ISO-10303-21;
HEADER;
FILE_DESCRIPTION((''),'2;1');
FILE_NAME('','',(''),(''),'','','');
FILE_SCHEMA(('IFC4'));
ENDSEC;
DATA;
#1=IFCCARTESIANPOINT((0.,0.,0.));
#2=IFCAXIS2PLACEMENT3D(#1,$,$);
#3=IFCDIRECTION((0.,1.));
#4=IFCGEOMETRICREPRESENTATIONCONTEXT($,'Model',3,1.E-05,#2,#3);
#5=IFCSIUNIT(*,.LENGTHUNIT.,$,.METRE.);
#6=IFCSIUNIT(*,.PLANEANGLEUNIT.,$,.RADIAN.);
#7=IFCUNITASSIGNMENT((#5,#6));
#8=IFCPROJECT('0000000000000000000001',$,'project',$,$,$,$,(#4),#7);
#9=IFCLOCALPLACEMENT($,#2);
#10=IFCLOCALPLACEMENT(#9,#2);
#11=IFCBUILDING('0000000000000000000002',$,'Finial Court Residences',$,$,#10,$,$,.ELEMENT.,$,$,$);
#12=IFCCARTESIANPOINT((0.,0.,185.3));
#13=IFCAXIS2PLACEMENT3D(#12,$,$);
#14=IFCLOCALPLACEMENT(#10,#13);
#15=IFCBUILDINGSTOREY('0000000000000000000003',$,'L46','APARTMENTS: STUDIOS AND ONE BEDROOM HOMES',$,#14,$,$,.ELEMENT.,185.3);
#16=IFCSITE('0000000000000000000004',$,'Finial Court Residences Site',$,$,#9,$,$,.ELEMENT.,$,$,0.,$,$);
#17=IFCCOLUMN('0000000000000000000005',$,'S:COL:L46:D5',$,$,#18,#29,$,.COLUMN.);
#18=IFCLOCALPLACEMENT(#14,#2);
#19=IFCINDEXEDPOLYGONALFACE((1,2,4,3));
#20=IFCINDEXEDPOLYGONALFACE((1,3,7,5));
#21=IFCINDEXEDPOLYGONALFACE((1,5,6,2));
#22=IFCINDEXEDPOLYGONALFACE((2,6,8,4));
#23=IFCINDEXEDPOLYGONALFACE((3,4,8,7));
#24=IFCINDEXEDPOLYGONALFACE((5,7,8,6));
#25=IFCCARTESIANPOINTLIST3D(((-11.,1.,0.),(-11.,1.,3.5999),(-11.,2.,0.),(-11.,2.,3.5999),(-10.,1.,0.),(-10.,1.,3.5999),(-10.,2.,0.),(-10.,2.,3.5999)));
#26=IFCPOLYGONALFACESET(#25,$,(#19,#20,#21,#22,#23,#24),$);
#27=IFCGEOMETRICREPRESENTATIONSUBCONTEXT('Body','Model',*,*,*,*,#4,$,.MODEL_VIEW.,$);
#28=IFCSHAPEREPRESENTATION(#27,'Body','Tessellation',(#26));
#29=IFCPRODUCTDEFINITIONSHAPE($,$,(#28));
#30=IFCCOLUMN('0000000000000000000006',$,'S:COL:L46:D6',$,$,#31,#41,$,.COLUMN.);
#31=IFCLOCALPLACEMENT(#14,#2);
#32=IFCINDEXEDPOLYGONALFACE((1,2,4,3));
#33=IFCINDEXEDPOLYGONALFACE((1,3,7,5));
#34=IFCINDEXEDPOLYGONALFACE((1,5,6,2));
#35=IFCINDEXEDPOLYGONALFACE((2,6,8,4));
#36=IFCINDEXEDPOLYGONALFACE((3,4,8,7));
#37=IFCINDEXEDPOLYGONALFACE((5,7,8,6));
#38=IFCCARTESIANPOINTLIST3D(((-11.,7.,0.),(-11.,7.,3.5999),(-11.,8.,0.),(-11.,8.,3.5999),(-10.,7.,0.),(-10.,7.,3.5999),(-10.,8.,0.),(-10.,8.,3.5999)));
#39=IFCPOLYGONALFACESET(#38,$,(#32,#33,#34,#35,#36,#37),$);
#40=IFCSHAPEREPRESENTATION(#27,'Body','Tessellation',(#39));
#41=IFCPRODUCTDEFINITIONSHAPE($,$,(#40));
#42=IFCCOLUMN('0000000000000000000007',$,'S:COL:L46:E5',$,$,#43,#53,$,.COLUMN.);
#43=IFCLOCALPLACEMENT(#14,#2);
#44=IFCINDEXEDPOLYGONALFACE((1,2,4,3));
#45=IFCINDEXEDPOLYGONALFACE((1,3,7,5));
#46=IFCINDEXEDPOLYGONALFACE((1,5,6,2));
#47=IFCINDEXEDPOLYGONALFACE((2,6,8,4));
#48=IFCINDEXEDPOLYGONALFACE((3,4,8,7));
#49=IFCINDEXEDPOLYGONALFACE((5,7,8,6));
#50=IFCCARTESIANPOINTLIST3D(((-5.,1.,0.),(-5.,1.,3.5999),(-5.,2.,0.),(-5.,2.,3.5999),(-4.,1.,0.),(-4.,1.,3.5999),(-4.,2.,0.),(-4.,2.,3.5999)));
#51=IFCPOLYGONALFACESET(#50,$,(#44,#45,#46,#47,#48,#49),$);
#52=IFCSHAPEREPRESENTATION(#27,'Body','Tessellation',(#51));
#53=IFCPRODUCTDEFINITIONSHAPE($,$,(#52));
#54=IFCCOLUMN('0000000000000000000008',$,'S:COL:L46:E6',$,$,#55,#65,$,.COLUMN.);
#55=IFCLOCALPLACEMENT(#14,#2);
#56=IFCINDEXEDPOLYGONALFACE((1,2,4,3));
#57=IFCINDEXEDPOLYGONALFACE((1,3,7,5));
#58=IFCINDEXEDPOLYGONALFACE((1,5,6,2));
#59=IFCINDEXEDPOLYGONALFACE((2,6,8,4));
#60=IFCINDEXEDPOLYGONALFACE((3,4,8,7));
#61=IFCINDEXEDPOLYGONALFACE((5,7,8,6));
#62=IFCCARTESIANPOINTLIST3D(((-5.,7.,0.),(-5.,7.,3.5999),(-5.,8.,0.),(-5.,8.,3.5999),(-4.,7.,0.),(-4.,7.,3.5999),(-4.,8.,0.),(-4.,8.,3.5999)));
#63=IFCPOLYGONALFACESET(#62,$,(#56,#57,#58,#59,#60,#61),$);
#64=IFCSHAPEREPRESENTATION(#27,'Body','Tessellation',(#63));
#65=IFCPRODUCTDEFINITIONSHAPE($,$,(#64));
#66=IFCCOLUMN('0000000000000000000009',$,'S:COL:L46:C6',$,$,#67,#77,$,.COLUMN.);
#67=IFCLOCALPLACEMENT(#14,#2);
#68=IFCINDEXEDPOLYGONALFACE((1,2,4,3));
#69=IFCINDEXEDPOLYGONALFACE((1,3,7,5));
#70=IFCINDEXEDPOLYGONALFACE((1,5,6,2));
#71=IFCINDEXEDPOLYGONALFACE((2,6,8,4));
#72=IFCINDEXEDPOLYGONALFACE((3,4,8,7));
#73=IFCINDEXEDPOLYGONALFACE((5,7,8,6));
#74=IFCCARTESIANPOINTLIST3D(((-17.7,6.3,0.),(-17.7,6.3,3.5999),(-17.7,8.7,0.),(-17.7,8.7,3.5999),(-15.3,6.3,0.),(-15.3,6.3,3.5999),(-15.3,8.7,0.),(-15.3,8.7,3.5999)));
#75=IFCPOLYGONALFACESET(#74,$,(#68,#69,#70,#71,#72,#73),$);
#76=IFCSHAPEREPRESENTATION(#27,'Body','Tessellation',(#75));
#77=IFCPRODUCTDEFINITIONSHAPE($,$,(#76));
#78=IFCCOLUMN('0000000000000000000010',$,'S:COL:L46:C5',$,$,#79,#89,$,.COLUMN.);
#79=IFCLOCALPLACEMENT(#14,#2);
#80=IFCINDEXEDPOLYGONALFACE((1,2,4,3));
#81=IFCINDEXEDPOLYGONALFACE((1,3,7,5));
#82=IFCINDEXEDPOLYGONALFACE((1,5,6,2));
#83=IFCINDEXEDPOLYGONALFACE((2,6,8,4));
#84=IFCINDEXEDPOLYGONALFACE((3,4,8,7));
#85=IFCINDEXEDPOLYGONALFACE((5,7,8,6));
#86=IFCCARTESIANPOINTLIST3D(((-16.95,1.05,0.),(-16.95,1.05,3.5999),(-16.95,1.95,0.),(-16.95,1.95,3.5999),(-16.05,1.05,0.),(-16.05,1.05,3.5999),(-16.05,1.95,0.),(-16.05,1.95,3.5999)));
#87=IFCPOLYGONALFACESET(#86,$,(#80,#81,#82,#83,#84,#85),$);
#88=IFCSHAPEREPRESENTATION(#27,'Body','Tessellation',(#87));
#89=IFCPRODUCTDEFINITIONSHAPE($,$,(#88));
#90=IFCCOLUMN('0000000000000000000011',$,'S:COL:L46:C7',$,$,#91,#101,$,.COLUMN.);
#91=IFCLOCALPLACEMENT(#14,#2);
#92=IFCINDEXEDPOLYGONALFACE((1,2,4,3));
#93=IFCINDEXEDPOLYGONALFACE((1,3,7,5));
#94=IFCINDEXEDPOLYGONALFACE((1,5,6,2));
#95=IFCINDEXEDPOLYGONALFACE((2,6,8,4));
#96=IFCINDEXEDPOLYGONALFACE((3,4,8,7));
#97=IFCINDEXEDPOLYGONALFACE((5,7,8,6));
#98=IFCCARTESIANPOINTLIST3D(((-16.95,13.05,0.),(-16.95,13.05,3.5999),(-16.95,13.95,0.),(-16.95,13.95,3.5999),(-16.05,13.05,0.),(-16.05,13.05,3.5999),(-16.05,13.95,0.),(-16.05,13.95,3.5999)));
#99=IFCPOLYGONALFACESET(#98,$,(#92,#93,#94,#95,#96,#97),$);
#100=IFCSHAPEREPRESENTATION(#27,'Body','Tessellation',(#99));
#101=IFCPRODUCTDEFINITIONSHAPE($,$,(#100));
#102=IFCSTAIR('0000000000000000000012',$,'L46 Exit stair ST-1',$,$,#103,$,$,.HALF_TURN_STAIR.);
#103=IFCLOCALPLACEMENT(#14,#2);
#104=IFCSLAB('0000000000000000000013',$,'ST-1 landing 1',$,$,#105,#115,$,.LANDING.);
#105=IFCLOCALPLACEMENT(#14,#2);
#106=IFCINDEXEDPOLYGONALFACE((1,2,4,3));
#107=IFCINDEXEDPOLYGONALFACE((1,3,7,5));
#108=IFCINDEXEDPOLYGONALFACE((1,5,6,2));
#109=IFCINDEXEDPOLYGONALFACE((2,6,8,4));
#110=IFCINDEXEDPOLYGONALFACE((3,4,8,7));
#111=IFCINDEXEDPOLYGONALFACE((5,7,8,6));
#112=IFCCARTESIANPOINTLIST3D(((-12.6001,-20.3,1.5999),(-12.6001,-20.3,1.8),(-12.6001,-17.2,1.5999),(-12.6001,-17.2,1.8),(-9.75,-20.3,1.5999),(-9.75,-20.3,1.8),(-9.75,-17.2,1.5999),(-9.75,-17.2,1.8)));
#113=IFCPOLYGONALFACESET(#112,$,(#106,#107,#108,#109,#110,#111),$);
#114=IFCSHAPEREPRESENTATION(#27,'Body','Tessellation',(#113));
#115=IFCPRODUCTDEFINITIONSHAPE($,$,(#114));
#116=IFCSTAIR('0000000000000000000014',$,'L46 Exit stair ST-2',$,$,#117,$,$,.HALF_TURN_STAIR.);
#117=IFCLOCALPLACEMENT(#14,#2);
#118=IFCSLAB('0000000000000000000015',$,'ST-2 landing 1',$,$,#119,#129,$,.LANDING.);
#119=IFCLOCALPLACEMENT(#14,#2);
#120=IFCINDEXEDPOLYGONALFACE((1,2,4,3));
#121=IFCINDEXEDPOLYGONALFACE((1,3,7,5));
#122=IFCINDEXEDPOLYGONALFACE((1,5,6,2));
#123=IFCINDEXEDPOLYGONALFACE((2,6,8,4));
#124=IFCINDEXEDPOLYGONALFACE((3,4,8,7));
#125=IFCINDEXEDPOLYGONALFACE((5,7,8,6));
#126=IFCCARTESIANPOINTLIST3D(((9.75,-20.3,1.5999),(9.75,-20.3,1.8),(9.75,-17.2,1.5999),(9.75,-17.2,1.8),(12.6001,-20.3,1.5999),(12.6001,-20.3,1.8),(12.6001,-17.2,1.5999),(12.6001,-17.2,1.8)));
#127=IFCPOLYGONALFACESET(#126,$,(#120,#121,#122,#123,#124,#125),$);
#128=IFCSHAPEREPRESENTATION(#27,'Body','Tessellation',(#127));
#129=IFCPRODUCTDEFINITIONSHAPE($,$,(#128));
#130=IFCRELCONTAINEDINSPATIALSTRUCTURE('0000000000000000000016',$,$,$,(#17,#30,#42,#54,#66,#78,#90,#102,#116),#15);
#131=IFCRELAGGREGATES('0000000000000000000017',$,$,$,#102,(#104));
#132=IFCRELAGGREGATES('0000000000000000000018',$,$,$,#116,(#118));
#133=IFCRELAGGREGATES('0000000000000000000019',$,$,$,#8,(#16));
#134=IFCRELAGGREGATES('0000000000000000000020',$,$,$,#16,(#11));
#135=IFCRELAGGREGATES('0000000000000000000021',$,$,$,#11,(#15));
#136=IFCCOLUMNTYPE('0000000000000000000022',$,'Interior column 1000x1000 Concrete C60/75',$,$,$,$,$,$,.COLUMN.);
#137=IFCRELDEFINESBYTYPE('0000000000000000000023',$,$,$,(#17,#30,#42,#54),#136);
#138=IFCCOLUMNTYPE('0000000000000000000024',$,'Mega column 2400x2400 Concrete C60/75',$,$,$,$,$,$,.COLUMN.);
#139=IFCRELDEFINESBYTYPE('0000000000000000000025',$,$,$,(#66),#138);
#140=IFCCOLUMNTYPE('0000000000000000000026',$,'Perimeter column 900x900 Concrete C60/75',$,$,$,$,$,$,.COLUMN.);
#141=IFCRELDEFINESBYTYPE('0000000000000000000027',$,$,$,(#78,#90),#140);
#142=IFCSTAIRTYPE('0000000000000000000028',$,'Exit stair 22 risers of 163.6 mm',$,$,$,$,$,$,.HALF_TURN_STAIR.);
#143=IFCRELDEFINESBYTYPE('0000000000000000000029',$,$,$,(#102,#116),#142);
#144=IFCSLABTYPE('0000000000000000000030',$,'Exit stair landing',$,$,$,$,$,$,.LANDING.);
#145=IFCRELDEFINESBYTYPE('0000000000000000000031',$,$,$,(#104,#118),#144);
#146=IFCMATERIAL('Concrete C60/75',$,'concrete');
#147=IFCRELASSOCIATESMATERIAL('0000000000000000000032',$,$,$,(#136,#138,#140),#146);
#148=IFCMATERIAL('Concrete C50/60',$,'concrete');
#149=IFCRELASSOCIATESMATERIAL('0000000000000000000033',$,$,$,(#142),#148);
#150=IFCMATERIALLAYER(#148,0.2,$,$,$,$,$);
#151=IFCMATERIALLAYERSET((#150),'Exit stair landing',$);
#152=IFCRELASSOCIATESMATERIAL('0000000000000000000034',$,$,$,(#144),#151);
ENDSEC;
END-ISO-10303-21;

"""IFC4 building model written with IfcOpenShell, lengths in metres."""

from ifc_helpers import new_model, si_unit, direction, frame, origin, origin_2d, place, context, subcontext, project, spatial, polyline, rectangle, outline, extrude, material, layer, layer_set, material_profile, profile_set, type_object, element, aggregate, save


model = new_model("IFC4")

# Units and contexts
model_context = context("Model", 3, precision=1e-05, world=origin(), true_north=direction((0.0, 1.0)))
body_context = subcontext(model_context, "Body", "Model", "MODEL_VIEW")
ifc_project = project(units=[si_unit("LENGTHUNIT", "METRE"), si_unit("PLANEANGLEUNIT", "RADIAN")], contexts=[model_context])

# Site, building, storey
site_placement = place(None, origin())
site = spatial("IfcSite", under=ifc_project, at=site_placement, Name="Finial Court Residences Site", CompositionType="ELEMENT", RefElevation=0.0)
building_placement = place(site_placement, origin())
building = spatial("IfcBuilding", under=site, at=building_placement, Name="Finial Court Residences", CompositionType="ELEMENT")
storey_placement = place(building_placement, frame((0.0, 0.0, 185.3)))
storey = spatial("IfcBuildingStorey", under=building, at=storey_placement, Name="L46", Description="APARTMENTS: STUDIOS AND ONE BEDROOM HOMES", CompositionType="ELEMENT", Elevation=185.3)

# Columns
ifc_material_1 = material(Name="Concrete C60/75", Category="concrete")
ifc_material_profile_1 = material_profile(ifc_material_1, rectangle(XDim=1.0, YDim=1.0, at=origin_2d()), Name="1000x1000")
ifc_profile_set_1 = profile_set([ifc_material_profile_1], Name="Concrete C60/75")
column_type_1 = type_object("IfcColumnType", Name="Interior column 1000x1000 Concrete C60/75", PredefinedType="COLUMN", material=ifc_profile_set_1)
for number, where, z_axis, x_axis, name in (
    (1, (-10.5, 1.5, 0.0), (0.0, 0.0, 1.0), (1.0, 0.0, 0.0), "S:COL:L46:D5"),
    (2, (-10.5, 7.5, 0.0), (0.0, 0.0, 1.0), (1.0, 0.0, 0.0), "S:COL:L46:D6"),
    (3, (-4.5, 1.5, 0.0), (0.0, 0.0, 1.0), (1.0, 0.0, 0.0), "S:COL:L46:E5"),
    (4, (-4.5, 7.5, 0.0), (0.0, 0.0, 1.0), (1.0, 0.0, 0.0), "S:COL:L46:E6"),
):
    element("IfcColumn", number, at=place(storey_placement, frame(where, z_axis=z_axis, x_axis=x_axis)), inside=storey, type_object=column_type_1, Name=name, PredefinedType="COLUMN", context=body_context, shape_type="SweptSolid", body=[
        extrude(rectangle(XDim=1.0, YDim=1.0, at=origin_2d()), origin(), (0.0, 0.0, 1.0), 3.5999),
    ])
ifc_material_profile_2 = material_profile(ifc_material_1, rectangle(XDim=2.3999, YDim=2.3999, at=origin_2d()), Name="2400x2400")
ifc_profile_set_2 = profile_set([ifc_material_profile_2], Name="Concrete C60/75")
column_type_2 = type_object("IfcColumnType", Name="Mega column 2400x2400 Concrete C60/75", PredefinedType="COLUMN", material=ifc_profile_set_2)
column_placement = place(storey_placement, frame((-16.5, 7.5, 0.0), z_axis=(0.0, 0.0, 1.0), x_axis=(1.0, 0.0, 0.0)))
element("IfcColumn", 5, at=column_placement, inside=storey, type_object=column_type_2, Name="S:COL:L46:C6", PredefinedType="COLUMN", context=body_context, shape_type="SweptSolid", body=[
    extrude(rectangle(XDim=2.3999, YDim=2.3999, at=origin_2d()), origin(), (0.0, 0.0, 1.0), 3.5999),
])
ifc_material_profile_3 = material_profile(ifc_material_1, rectangle(XDim=0.8999, YDim=0.8999, at=origin_2d()), Name="900x900")
ifc_profile_set_3 = profile_set([ifc_material_profile_3], Name="Concrete C60/75")
column_type_3 = type_object("IfcColumnType", Name="Perimeter column 900x900 Concrete C60/75", PredefinedType="COLUMN", material=ifc_profile_set_3)
for number, where, z_axis, x_axis, name in (
    (6, (-16.5, 1.5, 0.0), (0.0, 0.0, 1.0), (1.0, 0.0, 0.0), "S:COL:L46:C5"),
    (7, (-16.5, 13.5, 0.0), (0.0, 0.0, 1.0), (1.0, 0.0, 0.0), "S:COL:L46:C7"),
):
    element("IfcColumn", number, at=place(storey_placement, frame(where, z_axis=z_axis, x_axis=x_axis)), inside=storey, type_object=column_type_3, Name=name, PredefinedType="COLUMN", context=body_context, shape_type="SweptSolid", body=[
        extrude(rectangle(XDim=0.8999, YDim=0.8999, at=origin_2d()), origin(), (0.0, 0.0, 1.0), 3.5999),
    ])

# Stairs, slabs
ifc_material_2 = material(Name="Concrete C50/60", Category="concrete")
stair_type = type_object("IfcStairType", Name="Exit stair 22 risers of 163.6 mm", PredefinedType="HALF_TURN_STAIR", material=ifc_material_2)
stair_1_placement = place(storey_placement, origin())
stair_1 = element("IfcStair", 8, at=stair_1_placement, inside=storey, type_object=stair_type, Name="L46 Exit stair ST-1", PredefinedType="HALF_TURN_STAIR")
ifc_layer_1 = layer(ifc_material_2, 0.2)
ifc_layer_set_1 = layer_set([ifc_layer_1], Name="Exit stair landing")
slab_type_1 = type_object("IfcSlabType", Name="Exit stair landing", PredefinedType="LANDING", material=ifc_layer_set_1)
slab_1_placement = place(storey_placement, frame((0.0, 0.0, 1.5999)))
slab_1 = element("IfcSlab", 9, at=slab_1_placement, type_object=slab_type_1, Name="ST-1 landing 1", PredefinedType="LANDING", context=body_context, shape_type="SweptSolid", body=[
    extrude(outline(polyline([(-9.75, -20.3), (-9.75, -17.2), (-12.6001, -17.2), (-12.6001, -20.3), (-9.75, -20.3)])), origin(), (0.0, 0.0, 1.0), 0.2002),
])
aggregate(stair_1, [slab_1])
stair_2_placement = place(storey_placement, origin())
stair_2 = element("IfcStair", 10, at=stair_2_placement, inside=storey, type_object=stair_type, Name="L46 Exit stair ST-2", PredefinedType="HALF_TURN_STAIR")
slab_2_placement = place(storey_placement, frame((0.0, 0.0, 1.5999)))
slab_2 = element("IfcSlab", 11, at=slab_2_placement, type_object=slab_type_1, Name="ST-2 landing 1", PredefinedType="LANDING", context=body_context, shape_type="SweptSolid", body=[
    extrude(outline(polyline([(12.6001, -20.3), (12.6001, -17.2), (9.75, -17.2), (9.75, -20.3), (12.6001, -20.3)])), origin(), (0.0, 0.0, 1.0), 0.2002),
])
aggregate(stair_2, [slab_2])

save(model, "model.ifc")
